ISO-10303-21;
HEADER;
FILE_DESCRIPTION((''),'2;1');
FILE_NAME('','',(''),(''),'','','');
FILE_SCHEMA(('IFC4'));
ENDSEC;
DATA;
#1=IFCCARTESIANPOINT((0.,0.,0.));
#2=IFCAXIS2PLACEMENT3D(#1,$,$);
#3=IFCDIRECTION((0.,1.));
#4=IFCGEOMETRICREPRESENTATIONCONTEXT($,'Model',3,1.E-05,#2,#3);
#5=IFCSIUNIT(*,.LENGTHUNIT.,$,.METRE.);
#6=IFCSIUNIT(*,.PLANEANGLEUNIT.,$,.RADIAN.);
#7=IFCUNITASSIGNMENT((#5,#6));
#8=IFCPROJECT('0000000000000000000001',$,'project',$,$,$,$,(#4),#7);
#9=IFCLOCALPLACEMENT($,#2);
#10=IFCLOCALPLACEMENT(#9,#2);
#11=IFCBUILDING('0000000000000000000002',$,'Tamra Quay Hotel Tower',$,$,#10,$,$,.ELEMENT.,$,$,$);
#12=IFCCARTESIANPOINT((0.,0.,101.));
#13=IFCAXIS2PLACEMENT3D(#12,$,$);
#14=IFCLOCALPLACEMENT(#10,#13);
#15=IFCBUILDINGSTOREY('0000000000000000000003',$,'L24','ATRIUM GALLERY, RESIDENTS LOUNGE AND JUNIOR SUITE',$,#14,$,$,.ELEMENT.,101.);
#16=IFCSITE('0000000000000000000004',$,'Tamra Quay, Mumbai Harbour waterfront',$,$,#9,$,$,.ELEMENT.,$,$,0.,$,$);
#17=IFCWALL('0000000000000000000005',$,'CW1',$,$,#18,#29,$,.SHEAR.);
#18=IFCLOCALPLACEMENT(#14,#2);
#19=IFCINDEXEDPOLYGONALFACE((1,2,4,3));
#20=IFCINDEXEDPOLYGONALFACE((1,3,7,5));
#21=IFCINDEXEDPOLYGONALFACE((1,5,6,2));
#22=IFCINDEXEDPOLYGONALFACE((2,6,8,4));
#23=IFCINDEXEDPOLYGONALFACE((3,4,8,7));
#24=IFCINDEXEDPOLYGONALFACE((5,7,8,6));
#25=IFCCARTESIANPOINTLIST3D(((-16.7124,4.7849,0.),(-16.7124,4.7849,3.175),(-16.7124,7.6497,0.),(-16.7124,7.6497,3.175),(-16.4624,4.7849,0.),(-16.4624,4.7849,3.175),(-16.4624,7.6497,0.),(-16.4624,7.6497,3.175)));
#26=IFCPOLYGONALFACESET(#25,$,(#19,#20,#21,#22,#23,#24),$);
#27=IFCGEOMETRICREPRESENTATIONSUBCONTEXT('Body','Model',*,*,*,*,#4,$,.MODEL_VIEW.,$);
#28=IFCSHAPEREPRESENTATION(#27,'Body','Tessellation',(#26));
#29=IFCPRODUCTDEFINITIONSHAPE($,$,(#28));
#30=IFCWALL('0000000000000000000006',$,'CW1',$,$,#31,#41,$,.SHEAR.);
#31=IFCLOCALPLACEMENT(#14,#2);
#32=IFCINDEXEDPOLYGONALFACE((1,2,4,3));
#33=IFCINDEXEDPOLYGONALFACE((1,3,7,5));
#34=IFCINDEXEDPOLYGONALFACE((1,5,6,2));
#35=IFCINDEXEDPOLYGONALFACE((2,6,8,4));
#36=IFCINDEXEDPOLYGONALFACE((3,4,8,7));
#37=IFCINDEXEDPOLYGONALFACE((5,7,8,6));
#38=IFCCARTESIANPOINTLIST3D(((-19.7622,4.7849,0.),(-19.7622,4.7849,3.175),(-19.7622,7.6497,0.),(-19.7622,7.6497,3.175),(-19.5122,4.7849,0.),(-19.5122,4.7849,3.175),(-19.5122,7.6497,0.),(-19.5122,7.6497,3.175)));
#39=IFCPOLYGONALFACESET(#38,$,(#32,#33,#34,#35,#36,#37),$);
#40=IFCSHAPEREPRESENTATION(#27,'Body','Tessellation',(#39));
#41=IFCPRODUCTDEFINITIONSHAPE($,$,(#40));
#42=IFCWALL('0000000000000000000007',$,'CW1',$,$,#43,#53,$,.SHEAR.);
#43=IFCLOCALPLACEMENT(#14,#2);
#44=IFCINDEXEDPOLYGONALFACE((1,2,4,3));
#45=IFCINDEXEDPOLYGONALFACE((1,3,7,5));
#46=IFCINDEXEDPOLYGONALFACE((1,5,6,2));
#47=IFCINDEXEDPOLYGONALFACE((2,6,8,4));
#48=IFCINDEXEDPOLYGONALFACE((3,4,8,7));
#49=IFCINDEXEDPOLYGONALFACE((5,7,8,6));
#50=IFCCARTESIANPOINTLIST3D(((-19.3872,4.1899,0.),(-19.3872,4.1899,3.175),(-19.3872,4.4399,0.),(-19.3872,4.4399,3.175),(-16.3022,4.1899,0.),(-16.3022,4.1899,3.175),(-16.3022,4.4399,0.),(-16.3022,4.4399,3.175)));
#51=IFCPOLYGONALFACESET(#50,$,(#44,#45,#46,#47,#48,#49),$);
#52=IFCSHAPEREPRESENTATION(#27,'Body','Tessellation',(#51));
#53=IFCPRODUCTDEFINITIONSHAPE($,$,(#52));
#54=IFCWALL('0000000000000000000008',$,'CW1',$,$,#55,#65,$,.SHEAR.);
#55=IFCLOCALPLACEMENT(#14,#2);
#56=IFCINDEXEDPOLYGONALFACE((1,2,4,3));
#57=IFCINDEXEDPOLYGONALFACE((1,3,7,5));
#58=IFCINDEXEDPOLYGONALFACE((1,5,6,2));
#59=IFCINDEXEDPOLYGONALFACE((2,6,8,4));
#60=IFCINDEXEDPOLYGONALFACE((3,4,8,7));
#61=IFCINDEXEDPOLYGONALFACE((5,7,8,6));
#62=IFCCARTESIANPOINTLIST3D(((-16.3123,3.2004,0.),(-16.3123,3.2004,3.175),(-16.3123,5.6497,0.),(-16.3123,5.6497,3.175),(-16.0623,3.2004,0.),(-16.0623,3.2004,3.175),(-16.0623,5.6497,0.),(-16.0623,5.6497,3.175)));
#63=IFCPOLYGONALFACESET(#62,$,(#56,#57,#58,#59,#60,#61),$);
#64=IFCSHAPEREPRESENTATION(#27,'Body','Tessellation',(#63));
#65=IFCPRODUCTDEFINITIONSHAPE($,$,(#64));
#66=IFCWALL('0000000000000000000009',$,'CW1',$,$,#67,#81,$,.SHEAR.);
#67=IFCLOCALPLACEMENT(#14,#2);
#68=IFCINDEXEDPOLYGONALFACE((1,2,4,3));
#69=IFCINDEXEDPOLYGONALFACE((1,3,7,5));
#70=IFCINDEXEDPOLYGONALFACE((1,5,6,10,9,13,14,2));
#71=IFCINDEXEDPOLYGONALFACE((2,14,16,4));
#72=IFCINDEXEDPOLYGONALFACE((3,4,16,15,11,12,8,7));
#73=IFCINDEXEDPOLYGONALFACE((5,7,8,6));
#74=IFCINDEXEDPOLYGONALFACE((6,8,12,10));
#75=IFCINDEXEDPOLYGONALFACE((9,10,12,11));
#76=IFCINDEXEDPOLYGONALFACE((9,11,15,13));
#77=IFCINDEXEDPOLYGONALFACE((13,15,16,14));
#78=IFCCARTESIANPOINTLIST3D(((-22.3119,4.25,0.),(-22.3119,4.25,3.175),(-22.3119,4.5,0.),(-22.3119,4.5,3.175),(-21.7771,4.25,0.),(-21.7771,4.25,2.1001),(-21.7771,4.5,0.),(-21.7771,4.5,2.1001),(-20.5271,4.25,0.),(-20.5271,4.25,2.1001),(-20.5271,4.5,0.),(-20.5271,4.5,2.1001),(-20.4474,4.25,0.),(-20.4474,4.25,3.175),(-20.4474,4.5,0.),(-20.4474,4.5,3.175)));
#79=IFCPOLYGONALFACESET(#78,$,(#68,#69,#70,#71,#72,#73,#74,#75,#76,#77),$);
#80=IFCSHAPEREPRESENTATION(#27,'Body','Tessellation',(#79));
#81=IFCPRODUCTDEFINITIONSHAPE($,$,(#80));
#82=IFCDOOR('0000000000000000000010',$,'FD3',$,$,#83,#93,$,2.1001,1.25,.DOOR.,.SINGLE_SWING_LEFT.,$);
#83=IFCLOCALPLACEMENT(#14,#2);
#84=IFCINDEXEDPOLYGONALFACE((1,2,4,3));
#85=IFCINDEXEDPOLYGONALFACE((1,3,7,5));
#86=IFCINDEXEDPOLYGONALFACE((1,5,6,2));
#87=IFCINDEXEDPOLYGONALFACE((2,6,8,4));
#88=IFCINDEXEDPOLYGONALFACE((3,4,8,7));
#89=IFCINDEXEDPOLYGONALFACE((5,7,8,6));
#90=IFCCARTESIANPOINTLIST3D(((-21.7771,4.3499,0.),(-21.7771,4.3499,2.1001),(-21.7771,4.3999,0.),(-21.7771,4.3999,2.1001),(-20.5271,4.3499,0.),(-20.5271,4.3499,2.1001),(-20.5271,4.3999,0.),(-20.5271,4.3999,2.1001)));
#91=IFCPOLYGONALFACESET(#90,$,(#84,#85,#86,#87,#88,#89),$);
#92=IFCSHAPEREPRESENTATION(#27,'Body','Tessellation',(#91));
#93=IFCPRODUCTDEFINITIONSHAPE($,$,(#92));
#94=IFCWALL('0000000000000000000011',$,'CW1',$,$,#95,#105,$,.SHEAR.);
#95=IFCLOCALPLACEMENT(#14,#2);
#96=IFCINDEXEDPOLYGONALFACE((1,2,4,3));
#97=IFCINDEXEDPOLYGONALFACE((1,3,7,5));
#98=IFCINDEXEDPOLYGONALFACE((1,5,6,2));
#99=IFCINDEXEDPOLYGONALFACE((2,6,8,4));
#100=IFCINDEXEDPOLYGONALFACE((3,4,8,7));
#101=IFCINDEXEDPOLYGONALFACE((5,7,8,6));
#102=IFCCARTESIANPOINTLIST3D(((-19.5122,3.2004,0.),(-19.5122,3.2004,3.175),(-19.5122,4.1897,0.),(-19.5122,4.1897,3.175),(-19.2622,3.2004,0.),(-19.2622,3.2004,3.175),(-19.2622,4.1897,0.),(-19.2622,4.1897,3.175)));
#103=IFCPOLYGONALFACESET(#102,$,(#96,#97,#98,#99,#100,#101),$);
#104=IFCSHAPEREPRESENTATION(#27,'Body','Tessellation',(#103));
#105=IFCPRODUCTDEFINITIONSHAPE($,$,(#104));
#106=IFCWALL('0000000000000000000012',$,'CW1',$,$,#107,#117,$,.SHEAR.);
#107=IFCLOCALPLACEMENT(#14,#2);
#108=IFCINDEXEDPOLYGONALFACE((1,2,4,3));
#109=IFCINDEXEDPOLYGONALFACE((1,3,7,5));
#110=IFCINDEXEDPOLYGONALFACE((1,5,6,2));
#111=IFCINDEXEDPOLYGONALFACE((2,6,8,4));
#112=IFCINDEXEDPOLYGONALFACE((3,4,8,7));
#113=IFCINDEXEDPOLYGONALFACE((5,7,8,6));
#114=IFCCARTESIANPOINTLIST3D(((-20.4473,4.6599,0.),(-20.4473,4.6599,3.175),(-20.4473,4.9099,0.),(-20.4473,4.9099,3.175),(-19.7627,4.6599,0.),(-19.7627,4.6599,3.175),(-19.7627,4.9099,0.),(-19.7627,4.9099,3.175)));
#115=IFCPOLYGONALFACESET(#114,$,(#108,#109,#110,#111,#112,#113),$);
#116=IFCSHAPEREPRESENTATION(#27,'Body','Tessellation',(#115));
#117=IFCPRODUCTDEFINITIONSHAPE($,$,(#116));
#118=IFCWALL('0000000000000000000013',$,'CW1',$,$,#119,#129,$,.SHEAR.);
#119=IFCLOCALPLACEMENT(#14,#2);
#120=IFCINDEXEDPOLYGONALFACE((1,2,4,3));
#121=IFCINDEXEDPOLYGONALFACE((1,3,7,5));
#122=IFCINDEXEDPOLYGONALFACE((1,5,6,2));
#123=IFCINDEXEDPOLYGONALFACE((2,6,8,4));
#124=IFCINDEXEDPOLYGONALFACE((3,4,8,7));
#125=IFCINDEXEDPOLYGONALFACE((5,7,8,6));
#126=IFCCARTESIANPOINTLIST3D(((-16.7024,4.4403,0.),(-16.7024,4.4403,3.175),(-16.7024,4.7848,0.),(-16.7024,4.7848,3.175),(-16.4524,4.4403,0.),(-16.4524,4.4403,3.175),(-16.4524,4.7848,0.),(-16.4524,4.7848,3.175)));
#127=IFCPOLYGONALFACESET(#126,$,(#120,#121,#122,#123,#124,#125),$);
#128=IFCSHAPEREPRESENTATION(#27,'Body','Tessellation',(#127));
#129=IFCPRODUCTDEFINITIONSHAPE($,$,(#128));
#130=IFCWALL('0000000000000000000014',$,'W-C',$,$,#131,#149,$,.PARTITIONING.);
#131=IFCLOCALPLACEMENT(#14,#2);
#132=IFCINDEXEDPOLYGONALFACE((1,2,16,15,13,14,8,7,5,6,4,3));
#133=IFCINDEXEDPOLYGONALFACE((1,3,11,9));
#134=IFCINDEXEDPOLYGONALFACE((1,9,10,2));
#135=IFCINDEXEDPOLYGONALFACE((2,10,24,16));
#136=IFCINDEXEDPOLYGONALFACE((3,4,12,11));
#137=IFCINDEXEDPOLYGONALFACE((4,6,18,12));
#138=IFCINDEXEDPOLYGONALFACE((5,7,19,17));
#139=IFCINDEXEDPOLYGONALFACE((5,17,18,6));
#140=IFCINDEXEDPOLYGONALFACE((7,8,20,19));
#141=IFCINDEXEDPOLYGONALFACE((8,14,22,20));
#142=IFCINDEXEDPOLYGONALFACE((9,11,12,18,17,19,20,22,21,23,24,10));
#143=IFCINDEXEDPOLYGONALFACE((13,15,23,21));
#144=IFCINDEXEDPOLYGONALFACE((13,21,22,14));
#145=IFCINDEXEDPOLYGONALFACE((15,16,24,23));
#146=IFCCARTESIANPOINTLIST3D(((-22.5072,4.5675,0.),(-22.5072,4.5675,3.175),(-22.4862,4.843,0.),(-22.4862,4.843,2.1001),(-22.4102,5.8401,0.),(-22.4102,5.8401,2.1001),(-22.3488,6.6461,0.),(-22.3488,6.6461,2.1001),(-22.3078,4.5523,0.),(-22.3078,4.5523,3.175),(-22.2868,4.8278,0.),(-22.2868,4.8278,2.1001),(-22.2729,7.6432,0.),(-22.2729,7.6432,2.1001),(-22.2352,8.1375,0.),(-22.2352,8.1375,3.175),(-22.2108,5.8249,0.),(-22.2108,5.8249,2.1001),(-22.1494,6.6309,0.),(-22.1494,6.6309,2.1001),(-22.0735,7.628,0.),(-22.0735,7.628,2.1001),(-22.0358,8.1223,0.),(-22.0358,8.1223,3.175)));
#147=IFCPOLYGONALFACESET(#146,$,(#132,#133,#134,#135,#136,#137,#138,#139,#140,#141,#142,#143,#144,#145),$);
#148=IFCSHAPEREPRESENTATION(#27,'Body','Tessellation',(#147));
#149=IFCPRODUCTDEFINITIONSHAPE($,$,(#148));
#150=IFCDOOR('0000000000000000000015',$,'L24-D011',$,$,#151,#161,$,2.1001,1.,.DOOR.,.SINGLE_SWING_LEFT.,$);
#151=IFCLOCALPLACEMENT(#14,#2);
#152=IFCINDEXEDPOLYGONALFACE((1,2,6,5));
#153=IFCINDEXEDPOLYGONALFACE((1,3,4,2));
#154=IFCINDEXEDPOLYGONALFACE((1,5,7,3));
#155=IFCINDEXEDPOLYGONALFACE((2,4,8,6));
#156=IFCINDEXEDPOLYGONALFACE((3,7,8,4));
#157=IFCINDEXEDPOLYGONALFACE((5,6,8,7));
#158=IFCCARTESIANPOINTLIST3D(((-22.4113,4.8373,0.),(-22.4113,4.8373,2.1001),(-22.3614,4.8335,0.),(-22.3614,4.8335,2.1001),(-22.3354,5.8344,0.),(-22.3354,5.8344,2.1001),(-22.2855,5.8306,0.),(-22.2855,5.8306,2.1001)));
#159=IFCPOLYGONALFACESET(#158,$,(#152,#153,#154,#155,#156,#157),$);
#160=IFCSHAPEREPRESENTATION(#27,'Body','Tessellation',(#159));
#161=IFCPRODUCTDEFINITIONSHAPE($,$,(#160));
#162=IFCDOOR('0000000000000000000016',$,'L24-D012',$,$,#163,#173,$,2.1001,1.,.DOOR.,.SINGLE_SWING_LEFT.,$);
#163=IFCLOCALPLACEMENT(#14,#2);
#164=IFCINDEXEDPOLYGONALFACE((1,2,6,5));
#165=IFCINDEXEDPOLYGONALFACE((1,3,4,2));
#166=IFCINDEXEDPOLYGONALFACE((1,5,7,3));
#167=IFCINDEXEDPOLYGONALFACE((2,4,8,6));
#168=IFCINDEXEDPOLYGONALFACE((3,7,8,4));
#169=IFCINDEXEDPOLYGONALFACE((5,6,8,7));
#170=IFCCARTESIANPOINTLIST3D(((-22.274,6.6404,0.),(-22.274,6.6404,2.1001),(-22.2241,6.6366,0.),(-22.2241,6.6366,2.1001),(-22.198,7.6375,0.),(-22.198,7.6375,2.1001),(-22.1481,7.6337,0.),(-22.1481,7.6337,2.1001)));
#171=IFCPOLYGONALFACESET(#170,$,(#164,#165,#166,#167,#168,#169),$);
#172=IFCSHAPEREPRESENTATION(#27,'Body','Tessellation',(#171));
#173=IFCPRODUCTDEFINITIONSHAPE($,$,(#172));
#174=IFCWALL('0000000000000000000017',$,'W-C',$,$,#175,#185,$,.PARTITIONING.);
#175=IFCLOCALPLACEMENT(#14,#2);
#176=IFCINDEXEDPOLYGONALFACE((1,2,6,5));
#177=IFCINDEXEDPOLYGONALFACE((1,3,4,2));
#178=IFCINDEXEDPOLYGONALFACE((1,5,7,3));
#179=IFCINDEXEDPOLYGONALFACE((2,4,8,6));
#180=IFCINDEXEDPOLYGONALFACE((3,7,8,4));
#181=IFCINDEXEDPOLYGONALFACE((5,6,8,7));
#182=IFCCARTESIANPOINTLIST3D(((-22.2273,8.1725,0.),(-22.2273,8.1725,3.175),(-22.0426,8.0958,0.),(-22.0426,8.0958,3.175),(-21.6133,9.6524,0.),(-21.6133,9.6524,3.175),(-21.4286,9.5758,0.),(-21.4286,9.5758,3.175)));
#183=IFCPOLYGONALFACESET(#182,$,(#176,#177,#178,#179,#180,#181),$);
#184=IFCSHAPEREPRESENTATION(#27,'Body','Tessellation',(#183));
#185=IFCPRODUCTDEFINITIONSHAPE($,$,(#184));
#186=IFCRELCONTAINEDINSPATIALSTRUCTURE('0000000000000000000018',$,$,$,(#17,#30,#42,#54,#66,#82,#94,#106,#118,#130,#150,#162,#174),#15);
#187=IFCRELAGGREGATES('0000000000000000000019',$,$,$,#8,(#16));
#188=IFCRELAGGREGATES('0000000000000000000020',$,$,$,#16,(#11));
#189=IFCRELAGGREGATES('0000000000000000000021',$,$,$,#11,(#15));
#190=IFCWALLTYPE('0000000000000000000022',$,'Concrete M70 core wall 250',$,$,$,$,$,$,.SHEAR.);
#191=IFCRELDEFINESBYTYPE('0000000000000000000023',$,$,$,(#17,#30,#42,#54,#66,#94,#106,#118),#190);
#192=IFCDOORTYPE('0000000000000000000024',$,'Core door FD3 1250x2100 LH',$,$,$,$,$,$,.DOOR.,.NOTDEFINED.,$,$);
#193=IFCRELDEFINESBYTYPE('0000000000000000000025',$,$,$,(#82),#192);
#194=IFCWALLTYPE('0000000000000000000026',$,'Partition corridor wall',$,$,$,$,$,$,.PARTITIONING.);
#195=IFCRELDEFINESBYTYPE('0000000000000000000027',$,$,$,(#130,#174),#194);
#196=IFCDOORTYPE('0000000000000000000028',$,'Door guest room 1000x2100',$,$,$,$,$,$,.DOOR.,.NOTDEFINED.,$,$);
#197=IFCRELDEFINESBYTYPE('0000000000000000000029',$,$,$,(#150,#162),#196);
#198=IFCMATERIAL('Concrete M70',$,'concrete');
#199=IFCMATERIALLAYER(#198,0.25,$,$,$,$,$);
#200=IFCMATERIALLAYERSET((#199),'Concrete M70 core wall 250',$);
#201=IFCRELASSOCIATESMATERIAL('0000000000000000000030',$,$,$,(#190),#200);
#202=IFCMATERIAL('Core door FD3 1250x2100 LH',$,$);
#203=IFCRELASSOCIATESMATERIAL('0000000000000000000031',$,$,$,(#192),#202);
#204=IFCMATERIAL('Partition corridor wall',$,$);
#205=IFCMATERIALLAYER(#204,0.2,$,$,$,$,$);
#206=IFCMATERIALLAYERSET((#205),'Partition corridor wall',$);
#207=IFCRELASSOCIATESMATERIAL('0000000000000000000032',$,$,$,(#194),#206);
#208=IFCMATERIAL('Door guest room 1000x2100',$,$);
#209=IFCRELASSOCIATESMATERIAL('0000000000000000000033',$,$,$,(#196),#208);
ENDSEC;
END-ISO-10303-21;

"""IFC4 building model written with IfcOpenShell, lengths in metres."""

from ifc_helpers import new_model, si_unit, direction, frame, frame_2d, origin, place, context, subcontext, project, spatial, rectangle, extrude, material, layer, layer_set, type_object, element, fill, save


model = new_model("IFC4")

# Units and contexts
model_context = context("Model", 3, precision=1e-05, world=origin(), true_north=direction((0.0, 1.0)))
body_context = subcontext(model_context, "Body", "Model", "MODEL_VIEW")
ifc_project = project(units=[si_unit("LENGTHUNIT", "METRE"), si_unit("PLANEANGLEUNIT", "RADIAN")], contexts=[model_context])

# Site, building, storey
site_placement = place(None, origin())
site = spatial("IfcSite", under=ifc_project, at=site_placement, Name="Tamra Quay, Mumbai Harbour waterfront", CompositionType="ELEMENT", RefElevation=0.0)
building_placement = place(site_placement, origin())
building = spatial("IfcBuilding", under=site, at=building_placement, Name="Tamra Quay Hotel Tower", CompositionType="ELEMENT")
storey_placement = place(building_placement, frame((0.0, 0.0, 101.0)))
storey = spatial("IfcBuildingStorey", under=building, at=storey_placement, Name="L24", Description="ATRIUM GALLERY, RESIDENTS LOUNGE AND JUNIOR SUITE", CompositionType="ELEMENT", Elevation=101.0)

# Shared definitions
ifc_material_1 = material(Name="Concrete M70", Category="concrete")

# Walls
ifc_layer_1 = layer(ifc_material_1, 0.25)
ifc_layer_set_1 = layer_set([ifc_layer_1], Name="Concrete M70 core wall 250")
wall_type_1 = type_object("IfcWallType", Name="Concrete M70 core wall 250", PredefinedType="SHEAR", material=ifc_layer_set_1)
for number, where, z_axis, x_axis, name in (
    (1, (-16.5874, 7.6497, 0.0), (0.0, 0.0, 1.0), (0.0, -1.0, 0.0), "CW1"),
    (2, (-19.6372, 4.7849, 0.0), (0.0, 0.0, 1.0), (0.0, 1.0, 0.0), "CW1"),
):
    element("IfcWall", number, at=place(storey_placement, frame(where, z_axis=z_axis, x_axis=x_axis)), inside=storey, type_object=wall_type_1, Name=name, PredefinedType="SHEAR", context=body_context, shape_type="SweptSolid", body=[
        extrude(rectangle(XDim=2.8647, YDim=0.25, at=frame_2d((1.4324, 0.0))), origin(), (0.0, 0.0, 1.0), 3.175),
    ])
wall_1_placement = place(storey_placement, frame((-16.3022, 4.3149, 0.0), z_axis=(0.0, 0.0, 1.0), x_axis=(-1.0, 0.0, 0.0)))
element("IfcWall", 3, at=wall_1_placement, inside=storey, type_object=wall_type_1, Name="CW1", PredefinedType="SHEAR", context=body_context, shape_type="SweptSolid", body=[
    extrude(rectangle(XDim=3.085, YDim=0.25, at=frame_2d((1.5425, 0.0))), origin(), (0.0, 0.0, 1.0), 3.175),
])
wall_2_placement = place(storey_placement, frame((-16.1873, 3.2004, 0.0), z_axis=(0.0, 0.0, 1.0), x_axis=(0.0, 1.0, 0.0)))
element("IfcWall", 4, at=wall_2_placement, inside=storey, type_object=wall_type_1, Name="CW1", PredefinedType="SHEAR", context=body_context, shape_type="SweptSolid", body=[
    extrude(rectangle(XDim=2.4492, YDim=0.25, at=frame_2d((1.2246, 0.0))), origin(), (0.0, 0.0, 1.0), 3.175),
])

# Wall, opening, door
wall_3_placement = place(storey_placement, frame((-22.3118, 4.375, 0.0), z_axis=(0.0, 0.0, 1.0), x_axis=(1.0, 0.0, 0.0)))
wall_3 = element("IfcWall", 5, at=wall_3_placement, inside=storey, type_object=wall_type_1, Name="CW1", PredefinedType="SHEAR", context=body_context, shape_type="SweptSolid", body=[
    extrude(rectangle(XDim=1.8645, YDim=0.25, at=frame_2d((0.9321, 0.0))), origin(), (0.0, 0.0, 1.0), 3.175),
])
opening_1_placement = place(wall_3_placement, frame((0.5347, 0.0, 0.0)))
opening_1 = element("IfcOpeningElement", 6, at=opening_1_placement, cuts=wall_3, PredefinedType="OPENING", context=body_context, shape_type="SweptSolid", body=[
    extrude(rectangle(XDim=1.25, YDim=2.1001, at=frame_2d((0.625, 1.05))), frame((0.0, 0.135, 0.0), z_axis=(0.0, -1.0, 0.0), x_axis=(1.0, 0.0, 0.0)), (0.0, 0.0, 1.0), 0.27),
])
ifc_material_2 = material(Name="Core door FD3 1250x2100 LH")
door_type_1 = type_object("IfcDoorType", Name="Core door FD3 1250x2100 LH", OperationType="NOTDEFINED", PredefinedType="DOOR", material=ifc_material_2)
door_1_placement = place(opening_1_placement, origin())
door_1 = element("IfcDoor", 7, at=door_1_placement, inside=storey, type_object=door_type_1, Name="FD3", OperationType="SINGLE_SWING_LEFT", OverallHeight=2.1001, OverallWidth=1.25, PredefinedType="DOOR", context=body_context, shape_type="SweptSolid", body=[
    extrude(rectangle(XDim=1.25, YDim=2.1001, at=frame_2d((0.625, 1.05))), frame((0.0, 0.0249, 0.0), z_axis=(0.0, -1.0, 0.0), x_axis=(1.0, 0.0, 0.0)), (0.0, 0.0, 1.0), 0.05),
])
fill(opening_1, door_1)

# Walls
wall_4_placement = place(storey_placement, frame((-19.3872, 4.1897, 0.0), z_axis=(0.0, 0.0, 1.0), x_axis=(0.0, -1.0, 0.0)))
element("IfcWall", 8, at=wall_4_placement, inside=storey, type_object=wall_type_1, Name="CW1", PredefinedType="SHEAR", context=body_context, shape_type="SweptSolid", body=[
    extrude(rectangle(XDim=0.9893, YDim=0.25, at=frame_2d((0.4946, 0.0))), origin(), (0.0, 0.0, 1.0), 3.175),
])
wall_5_placement = place(storey_placement, frame((-20.4473, 4.7849, 0.0), z_axis=(0.0, 0.0, 1.0), x_axis=(1.0, 0.0, 0.0)))
element("IfcWall", 9, at=wall_5_placement, inside=storey, type_object=wall_type_1, Name="CW1", PredefinedType="SHEAR", context=body_context, shape_type="SweptSolid", body=[
    extrude(rectangle(XDim=0.6846, YDim=0.25, at=frame_2d((0.3423, 0.0))), origin(), (0.0, 0.0, 1.0), 3.175),
])
wall_6_placement = place(storey_placement, frame((-16.5774, 4.7849, 0.0), z_axis=(0.0, 0.0, 1.0), x_axis=(0.0, -1.0, 0.0)))
element("IfcWall", 10, at=wall_6_placement, inside=storey, type_object=wall_type_1, Name="CW1", PredefinedType="SHEAR", context=body_context, shape_type="SweptSolid", body=[
    extrude(rectangle(XDim=0.3445, YDim=0.25, at=frame_2d((0.1724, 0.0))), origin(), (0.0, 0.0, 1.0), 3.175),
])

# Wall, openings, doors
ifc_material_3 = material(Name="Partition corridor wall")
ifc_layer_2 = layer(ifc_material_3, 0.2)
ifc_layer_set_2 = layer_set([ifc_layer_2], Name="Partition corridor wall")
wall_type_2 = type_object("IfcWallType", Name="Partition corridor wall", PredefinedType="PARTITIONING", material=ifc_layer_set_2)
wall_7_placement = place(storey_placement, frame((-22.4075, 4.5601, 0.0), z_axis=(0.0, 0.0, 1.0), x_axis=(0.075961, 0.997111, 0.0)))
wall_7 = element("IfcWall", 11, at=wall_7_placement, inside=storey, type_object=wall_type_2, Name="W-C", PredefinedType="PARTITIONING", context=body_context, shape_type="SweptSolid", body=[
    extrude(rectangle(XDim=3.5803, YDim=0.2, at=frame_2d((1.79, 0.0))), origin(), (0.0, 0.0, 1.0), 3.175),
])
opening_2_placement = place(wall_7_placement, frame((0.2761, 0.0, 0.0)))
opening_2 = element("IfcOpeningElement", 12, at=opening_2_placement, cuts=wall_7, PredefinedType="OPENING", context=body_context, shape_type="SweptSolid", body=[
    extrude(rectangle(XDim=1.0, YDim=2.1001, at=frame_2d((0.5, 1.05))), frame((0.0, 0.1099, 0.0), z_axis=(0.0, -1.0, 0.0), x_axis=(1.0, 0.0, 0.0)), (0.0, 0.0, 1.0), 0.22),
])
opening_3_placement = place(wall_7_placement, frame((2.0845, 0.0, 0.0)))
opening_3 = element("IfcOpeningElement", 13, at=opening_3_placement, cuts=wall_7, PredefinedType="OPENING", context=body_context, shape_type="SweptSolid", body=[
    extrude(rectangle(XDim=1.0, YDim=2.1001, at=frame_2d((0.5, 1.05))), frame((0.0, 0.1099, 0.0), z_axis=(0.0, -1.0, 0.0), x_axis=(1.0, 0.0, 0.0)), (0.0, 0.0, 1.0), 0.22),
])
ifc_material_4 = material(Name="Door guest room 1000x2100")
door_type_2 = type_object("IfcDoorType", Name="Door guest room 1000x2100", OperationType="NOTDEFINED", PredefinedType="DOOR", material=ifc_material_4)
door_2_placement = place(opening_2_placement, origin())
door_2 = element("IfcDoor", 14, at=door_2_placement, inside=storey, type_object=door_type_2, Name="L24-D011", OperationType="SINGLE_SWING_LEFT", OverallHeight=2.1001, OverallWidth=1.0, PredefinedType="DOOR", context=body_context, shape_type="SweptSolid", body=[
    extrude(rectangle(XDim=1.0, YDim=2.1001, at=frame_2d((0.5, 1.05))), frame((0.0, 0.0249, 0.0), z_axis=(0.0, -1.0, 0.0), x_axis=(1.0, 0.0, 0.0)), (0.0, 0.0, 1.0), 0.05),
])
fill(opening_2, door_2)
door_3_placement = place(opening_3_placement, origin())
door_3 = element("IfcDoor", 15, at=door_3_placement, inside=storey, type_object=door_type_2, Name="L24-D012", OperationType="SINGLE_SWING_LEFT", OverallHeight=2.1001, OverallWidth=1.0, PredefinedType="DOOR", context=body_context, shape_type="SweptSolid", body=[
    extrude(rectangle(XDim=1.0, YDim=2.1001, at=frame_2d((0.5, 1.05))), frame((0.0, 0.0249, 0.0), z_axis=(0.0, -1.0, 0.0), x_axis=(1.0, 0.0, 0.0)), (0.0, 0.0, 1.0), 0.05),
])
fill(opening_3, door_3)

# Wall
wall_8_placement = place(storey_placement, frame((-22.135, 8.134, 0.0), z_axis=(0.0, 0.0, 1.0), x_axis=(0.383208, 0.923662, 0.0)))
element("IfcWall", 16, at=wall_8_placement, inside=storey, type_object=wall_type_2, Name="W-C", PredefinedType="PARTITIONING", context=body_context, shape_type="SweptSolid", body=[
    extrude(rectangle(XDim=1.6023, YDim=0.2, at=frame_2d((0.8013, 0.0))), origin(), (0.0, 0.0, 1.0), 3.175),
])

save(model, "model.ifc")
